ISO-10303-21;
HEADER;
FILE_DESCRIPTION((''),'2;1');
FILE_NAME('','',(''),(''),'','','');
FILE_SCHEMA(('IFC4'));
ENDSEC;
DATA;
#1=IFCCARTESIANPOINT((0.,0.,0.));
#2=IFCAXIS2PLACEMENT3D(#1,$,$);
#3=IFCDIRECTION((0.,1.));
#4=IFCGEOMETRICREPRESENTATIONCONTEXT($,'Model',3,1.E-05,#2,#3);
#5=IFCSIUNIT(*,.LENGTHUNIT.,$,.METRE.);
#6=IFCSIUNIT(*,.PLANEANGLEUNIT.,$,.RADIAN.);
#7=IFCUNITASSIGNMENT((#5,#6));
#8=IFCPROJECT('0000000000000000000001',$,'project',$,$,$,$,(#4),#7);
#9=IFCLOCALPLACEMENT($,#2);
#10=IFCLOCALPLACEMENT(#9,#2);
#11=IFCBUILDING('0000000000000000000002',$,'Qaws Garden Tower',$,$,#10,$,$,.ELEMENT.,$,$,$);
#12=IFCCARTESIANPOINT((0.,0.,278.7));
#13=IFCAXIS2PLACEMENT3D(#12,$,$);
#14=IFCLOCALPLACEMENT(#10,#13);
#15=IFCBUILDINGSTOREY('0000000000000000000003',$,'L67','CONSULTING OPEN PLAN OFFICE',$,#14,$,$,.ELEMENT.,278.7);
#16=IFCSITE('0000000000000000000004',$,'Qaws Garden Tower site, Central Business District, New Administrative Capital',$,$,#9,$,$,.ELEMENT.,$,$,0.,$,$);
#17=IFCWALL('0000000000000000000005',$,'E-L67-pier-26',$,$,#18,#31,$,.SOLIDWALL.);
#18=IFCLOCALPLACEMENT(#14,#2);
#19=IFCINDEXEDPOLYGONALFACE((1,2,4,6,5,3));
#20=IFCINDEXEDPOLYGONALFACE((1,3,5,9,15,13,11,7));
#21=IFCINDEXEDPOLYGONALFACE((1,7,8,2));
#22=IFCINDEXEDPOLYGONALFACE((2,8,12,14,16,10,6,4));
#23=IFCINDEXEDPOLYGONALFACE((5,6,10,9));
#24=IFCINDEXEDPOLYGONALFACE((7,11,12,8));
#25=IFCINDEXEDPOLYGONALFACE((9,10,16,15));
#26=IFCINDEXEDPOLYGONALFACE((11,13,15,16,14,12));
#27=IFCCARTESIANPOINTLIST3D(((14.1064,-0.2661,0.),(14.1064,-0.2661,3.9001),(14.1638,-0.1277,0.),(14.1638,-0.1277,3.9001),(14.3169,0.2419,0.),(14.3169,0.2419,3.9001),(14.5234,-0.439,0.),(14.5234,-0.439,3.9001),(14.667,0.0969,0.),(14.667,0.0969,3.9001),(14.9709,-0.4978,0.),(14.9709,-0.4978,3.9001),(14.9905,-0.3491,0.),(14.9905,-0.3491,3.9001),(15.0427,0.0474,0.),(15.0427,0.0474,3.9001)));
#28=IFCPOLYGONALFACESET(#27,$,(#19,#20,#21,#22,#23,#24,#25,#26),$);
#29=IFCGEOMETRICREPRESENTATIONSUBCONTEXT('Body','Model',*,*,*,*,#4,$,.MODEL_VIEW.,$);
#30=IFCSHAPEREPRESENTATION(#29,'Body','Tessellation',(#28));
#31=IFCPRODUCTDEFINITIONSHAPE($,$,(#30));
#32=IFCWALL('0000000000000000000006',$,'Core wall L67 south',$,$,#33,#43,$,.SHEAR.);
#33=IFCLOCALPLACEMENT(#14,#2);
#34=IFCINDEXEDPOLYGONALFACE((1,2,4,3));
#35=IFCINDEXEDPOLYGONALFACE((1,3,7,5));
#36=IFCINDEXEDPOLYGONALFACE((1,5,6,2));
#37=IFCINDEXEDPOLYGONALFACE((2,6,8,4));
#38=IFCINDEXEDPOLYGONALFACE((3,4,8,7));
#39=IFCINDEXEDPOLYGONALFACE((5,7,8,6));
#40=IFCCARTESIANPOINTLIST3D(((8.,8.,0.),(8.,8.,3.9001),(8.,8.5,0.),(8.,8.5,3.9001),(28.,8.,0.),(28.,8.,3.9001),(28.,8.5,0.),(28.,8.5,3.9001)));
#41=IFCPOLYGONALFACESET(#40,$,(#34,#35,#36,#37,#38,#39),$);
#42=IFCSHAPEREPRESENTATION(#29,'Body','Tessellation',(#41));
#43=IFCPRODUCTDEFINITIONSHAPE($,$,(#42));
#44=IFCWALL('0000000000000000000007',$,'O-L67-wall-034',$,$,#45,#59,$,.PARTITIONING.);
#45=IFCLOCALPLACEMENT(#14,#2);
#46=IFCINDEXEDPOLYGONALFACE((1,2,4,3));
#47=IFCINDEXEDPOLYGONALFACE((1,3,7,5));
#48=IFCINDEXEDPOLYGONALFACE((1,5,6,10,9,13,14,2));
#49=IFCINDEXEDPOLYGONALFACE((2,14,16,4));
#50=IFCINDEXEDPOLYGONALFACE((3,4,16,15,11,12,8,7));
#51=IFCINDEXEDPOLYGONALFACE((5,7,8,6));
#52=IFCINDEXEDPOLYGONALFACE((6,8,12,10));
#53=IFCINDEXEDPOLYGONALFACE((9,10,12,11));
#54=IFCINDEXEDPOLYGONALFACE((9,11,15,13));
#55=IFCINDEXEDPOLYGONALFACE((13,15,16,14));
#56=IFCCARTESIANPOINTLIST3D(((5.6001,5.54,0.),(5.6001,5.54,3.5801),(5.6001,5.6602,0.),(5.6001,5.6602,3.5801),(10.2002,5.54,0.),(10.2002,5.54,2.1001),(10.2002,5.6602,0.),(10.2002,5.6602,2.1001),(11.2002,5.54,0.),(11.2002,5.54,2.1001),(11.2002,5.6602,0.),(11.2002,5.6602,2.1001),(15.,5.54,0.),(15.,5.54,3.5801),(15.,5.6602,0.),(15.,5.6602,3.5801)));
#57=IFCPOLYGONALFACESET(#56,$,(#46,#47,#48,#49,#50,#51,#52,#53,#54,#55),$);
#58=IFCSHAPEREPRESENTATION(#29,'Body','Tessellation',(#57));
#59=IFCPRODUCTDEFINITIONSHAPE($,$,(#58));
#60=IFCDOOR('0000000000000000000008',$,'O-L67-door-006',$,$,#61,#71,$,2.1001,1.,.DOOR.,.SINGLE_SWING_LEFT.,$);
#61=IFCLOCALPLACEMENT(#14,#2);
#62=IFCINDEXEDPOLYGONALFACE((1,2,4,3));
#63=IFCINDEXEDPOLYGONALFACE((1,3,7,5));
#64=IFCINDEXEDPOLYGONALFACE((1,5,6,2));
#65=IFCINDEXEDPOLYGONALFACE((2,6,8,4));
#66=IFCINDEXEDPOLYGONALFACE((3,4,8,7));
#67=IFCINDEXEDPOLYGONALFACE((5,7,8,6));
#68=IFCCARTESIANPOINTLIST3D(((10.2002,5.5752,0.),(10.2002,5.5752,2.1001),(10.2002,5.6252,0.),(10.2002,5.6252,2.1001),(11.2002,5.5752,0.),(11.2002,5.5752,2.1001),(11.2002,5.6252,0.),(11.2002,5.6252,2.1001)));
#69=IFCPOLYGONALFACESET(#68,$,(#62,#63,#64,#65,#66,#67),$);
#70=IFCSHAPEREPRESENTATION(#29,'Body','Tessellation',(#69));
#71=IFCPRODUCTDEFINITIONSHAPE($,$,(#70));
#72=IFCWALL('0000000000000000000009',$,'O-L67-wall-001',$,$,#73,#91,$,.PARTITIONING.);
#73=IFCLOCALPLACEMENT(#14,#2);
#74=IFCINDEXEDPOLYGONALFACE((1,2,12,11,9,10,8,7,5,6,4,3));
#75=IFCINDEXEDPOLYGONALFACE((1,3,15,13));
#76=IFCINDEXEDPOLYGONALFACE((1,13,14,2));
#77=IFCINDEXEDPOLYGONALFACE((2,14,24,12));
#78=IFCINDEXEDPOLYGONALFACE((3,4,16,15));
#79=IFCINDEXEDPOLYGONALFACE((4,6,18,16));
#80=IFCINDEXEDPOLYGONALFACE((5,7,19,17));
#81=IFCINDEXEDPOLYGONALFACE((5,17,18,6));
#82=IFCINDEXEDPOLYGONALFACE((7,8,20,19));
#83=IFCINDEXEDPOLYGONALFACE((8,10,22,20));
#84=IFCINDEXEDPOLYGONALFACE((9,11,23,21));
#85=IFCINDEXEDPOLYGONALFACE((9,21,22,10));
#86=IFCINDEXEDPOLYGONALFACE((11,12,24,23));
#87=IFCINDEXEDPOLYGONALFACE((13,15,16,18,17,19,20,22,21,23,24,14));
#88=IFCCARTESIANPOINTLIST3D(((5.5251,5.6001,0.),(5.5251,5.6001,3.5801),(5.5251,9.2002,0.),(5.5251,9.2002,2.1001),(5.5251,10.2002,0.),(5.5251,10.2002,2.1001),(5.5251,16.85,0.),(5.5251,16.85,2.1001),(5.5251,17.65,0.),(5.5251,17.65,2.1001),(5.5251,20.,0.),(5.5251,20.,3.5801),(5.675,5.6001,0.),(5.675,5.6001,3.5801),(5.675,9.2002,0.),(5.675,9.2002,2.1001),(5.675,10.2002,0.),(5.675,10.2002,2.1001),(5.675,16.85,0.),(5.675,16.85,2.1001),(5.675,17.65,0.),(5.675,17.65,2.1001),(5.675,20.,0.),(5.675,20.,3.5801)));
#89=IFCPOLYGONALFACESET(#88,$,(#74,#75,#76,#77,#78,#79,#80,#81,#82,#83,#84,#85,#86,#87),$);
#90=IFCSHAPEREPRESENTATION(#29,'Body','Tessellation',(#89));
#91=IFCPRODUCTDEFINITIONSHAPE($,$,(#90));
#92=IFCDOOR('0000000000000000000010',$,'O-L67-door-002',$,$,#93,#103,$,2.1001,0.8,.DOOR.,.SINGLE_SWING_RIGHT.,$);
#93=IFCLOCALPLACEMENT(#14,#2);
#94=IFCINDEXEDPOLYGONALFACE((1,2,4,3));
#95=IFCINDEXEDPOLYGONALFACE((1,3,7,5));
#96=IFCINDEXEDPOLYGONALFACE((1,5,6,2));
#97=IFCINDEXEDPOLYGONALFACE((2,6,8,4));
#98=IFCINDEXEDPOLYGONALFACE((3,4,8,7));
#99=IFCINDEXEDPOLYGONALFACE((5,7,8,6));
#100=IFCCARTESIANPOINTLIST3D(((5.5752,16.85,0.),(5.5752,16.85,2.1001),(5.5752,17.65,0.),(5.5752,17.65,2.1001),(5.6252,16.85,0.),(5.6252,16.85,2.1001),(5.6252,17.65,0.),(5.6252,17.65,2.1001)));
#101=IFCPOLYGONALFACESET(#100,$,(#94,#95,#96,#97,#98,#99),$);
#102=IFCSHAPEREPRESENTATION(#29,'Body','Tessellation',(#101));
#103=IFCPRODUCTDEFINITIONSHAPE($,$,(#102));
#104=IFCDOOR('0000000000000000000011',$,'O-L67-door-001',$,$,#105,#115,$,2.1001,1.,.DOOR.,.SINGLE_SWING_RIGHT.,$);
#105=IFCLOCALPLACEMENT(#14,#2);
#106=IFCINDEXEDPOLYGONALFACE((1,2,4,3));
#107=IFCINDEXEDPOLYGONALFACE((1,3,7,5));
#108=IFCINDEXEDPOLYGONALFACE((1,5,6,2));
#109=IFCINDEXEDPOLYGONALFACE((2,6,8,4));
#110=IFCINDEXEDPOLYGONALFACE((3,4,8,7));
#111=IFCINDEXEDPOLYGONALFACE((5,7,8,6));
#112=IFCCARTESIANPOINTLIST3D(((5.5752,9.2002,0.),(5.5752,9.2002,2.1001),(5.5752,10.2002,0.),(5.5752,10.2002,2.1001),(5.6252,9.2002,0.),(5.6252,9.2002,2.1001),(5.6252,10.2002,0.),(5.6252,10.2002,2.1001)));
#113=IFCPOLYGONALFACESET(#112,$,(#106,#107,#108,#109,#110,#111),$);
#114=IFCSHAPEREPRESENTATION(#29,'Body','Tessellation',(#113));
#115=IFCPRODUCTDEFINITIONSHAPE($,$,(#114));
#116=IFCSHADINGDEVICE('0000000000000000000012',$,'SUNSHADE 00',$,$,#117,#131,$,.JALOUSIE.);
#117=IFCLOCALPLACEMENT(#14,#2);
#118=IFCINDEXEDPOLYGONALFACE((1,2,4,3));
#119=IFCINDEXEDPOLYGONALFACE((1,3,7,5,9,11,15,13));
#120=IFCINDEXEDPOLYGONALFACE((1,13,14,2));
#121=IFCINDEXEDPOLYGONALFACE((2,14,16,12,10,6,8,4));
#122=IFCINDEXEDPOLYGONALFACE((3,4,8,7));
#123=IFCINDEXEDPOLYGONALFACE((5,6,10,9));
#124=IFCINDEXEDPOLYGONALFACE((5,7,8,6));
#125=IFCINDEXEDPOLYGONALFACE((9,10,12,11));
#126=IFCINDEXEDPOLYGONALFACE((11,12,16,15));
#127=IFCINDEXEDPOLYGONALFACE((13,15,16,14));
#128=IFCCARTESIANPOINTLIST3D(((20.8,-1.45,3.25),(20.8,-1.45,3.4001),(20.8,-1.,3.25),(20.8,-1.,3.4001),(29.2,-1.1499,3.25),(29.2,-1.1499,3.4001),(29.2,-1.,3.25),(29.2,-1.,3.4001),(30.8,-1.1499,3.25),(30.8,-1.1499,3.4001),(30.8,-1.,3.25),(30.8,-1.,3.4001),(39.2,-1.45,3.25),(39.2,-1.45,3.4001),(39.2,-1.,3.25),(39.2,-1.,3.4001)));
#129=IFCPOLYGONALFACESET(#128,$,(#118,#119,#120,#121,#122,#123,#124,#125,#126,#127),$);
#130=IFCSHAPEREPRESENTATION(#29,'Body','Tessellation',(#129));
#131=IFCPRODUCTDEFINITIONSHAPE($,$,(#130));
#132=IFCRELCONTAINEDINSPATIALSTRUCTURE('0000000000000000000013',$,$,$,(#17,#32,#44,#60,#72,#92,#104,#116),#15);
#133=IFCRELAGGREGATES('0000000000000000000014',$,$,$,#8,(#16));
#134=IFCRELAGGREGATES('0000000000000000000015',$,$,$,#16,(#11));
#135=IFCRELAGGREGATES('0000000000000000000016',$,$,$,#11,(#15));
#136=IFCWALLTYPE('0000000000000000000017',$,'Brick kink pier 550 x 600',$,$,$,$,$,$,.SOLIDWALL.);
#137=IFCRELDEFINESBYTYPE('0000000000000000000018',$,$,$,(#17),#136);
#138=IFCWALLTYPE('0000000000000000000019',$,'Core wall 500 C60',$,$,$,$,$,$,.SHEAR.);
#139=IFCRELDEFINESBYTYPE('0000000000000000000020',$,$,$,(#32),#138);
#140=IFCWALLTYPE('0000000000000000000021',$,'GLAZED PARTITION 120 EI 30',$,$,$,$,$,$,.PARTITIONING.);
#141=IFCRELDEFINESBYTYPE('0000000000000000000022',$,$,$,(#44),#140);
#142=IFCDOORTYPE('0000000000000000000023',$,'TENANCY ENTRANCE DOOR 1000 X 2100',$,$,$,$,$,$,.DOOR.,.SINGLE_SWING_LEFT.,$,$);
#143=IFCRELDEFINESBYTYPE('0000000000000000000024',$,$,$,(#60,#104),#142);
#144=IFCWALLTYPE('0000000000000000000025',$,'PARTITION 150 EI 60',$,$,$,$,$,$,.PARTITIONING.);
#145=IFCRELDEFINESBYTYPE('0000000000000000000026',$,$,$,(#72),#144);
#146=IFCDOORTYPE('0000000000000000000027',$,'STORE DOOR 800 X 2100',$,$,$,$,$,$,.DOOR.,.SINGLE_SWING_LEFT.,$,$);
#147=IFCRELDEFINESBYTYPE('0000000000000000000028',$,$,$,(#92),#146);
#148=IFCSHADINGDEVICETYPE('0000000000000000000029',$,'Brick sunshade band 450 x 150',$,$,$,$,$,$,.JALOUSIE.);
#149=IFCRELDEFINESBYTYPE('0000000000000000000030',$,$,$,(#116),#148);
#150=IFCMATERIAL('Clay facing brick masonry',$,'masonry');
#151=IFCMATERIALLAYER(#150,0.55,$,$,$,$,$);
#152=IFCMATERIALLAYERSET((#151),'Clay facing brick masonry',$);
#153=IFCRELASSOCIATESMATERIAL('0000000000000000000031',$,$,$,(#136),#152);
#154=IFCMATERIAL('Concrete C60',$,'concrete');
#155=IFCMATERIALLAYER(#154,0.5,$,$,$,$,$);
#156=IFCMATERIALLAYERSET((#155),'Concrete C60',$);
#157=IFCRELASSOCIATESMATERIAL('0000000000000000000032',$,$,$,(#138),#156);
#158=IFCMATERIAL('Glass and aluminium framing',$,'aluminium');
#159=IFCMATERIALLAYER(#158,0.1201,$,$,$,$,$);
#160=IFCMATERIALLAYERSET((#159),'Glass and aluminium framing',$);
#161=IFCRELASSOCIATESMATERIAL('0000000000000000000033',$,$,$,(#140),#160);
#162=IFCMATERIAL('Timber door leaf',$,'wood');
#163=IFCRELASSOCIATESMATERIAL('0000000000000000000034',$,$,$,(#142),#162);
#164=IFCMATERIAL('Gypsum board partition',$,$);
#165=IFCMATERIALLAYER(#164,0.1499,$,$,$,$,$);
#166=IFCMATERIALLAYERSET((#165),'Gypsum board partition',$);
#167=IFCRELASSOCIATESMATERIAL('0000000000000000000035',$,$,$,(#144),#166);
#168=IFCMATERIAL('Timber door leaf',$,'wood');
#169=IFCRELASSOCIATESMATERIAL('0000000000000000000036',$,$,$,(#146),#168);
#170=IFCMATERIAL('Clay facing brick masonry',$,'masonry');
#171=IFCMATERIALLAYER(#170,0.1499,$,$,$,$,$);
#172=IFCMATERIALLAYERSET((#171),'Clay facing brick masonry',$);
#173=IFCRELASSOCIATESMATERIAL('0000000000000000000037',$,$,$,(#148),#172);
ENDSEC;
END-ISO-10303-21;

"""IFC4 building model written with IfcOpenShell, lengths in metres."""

from ifc_helpers import new_model, si_unit, direction, frame, frame_2d, origin, place, context, subcontext, project, spatial, polyline, rectangle, outline, extrude, material, layer, layer_set, type_object, element, fill, save


model = new_model("IFC4")

# Units and contexts
model_context = context("Model", 3, precision=1e-05, world=origin(), true_north=direction((0.0, 1.0)))
body_context = subcontext(model_context, "Body", "Model", "MODEL_VIEW")
ifc_project = project(units=[si_unit("LENGTHUNIT", "METRE"), si_unit("PLANEANGLEUNIT", "RADIAN")], contexts=[model_context])

# Site, building, storey
site_placement = place(None, origin())
site = spatial("IfcSite", under=ifc_project, at=site_placement, Name="Qaws Garden Tower site, Central Business District, New Administrative Capital", CompositionType="ELEMENT", RefElevation=0.0)
building_placement = place(site_placement, origin())
building = spatial("IfcBuilding", under=site, at=building_placement, Name="Qaws Garden Tower", CompositionType="ELEMENT")
storey_placement = place(building_placement, frame((0.0, 0.0, 278.7)))
storey = spatial("IfcBuildingStorey", under=building, at=storey_placement, Name="L67", Description="CONSULTING OPEN PLAN OFFICE", CompositionType="ELEMENT", Elevation=278.7)

# Shared definitions
placement_1 = place(storey_placement, origin())

# Walls
ifc_material_1 = material(Name="Clay facing brick masonry", Category="masonry")
ifc_layer_1 = layer(ifc_material_1, 0.55)
ifc_layer_set_1 = layer_set([ifc_layer_1], Name="Clay facing brick masonry")
wall_type_1 = type_object("IfcWallType", Name="Brick kink pier 550 x 600", PredefinedType="SOLIDWALL", material=ifc_layer_set_1)
element("IfcWall", 1, at=placement_1, inside=storey, type_object=wall_type_1, Name="E-L67-pier-26", PredefinedType="SOLIDWALL", context=body_context, shape_type="SweptSolid", body=[
    extrude(outline(polyline([(14.1638, -0.1277), (14.1064, -0.2661), (14.5234, -0.439), (14.9709, -0.4978), (14.9905, -0.3491), (15.0427, 0.0474), (14.667, 0.0969), (14.3169, 0.2419), (14.1638, -0.1277)])), origin(), (0.0, 0.0, 1.0), 3.9001),
])
ifc_material_2 = material(Name="Concrete C60", Category="concrete")
ifc_layer_2 = layer(ifc_material_2, 0.5)
ifc_layer_set_2 = layer_set([ifc_layer_2], Name="Concrete C60")
wall_type_2 = type_object("IfcWallType", Name="Core wall 500 C60", PredefinedType="SHEAR", material=ifc_layer_set_2)
wall_1_placement = place(storey_placement, frame((8.0, 8.25, 0.0), z_axis=(0.0, 0.0, 1.0), x_axis=(1.0, 0.0, 0.0)))
element("IfcWall", 2, at=wall_1_placement, inside=storey, type_object=wall_type_2, Name="Core wall L67 south", PredefinedType="SHEAR", context=body_context, shape_type="SweptSolid", body=[
    extrude(rectangle(XDim=20.0, YDim=0.5, at=frame_2d((10.0, 0.0))), origin(), (0.0, 0.0, 1.0), 3.9001),
])

# Wall, opening, door
ifc_material_3 = material(Name="Glass and aluminium framing", Category="aluminium")
ifc_layer_3 = layer(ifc_material_3, 0.1201)
ifc_layer_set_3 = layer_set([ifc_layer_3], Name="Glass and aluminium framing")
wall_type_3 = type_object("IfcWallType", Name="GLAZED PARTITION 120 EI 30", PredefinedType="PARTITIONING", material=ifc_layer_set_3)
wall_2_placement = place(storey_placement, frame((5.6001, 5.6001, 0.0), z_axis=(0.0, 0.0, 1.0), x_axis=(1.0, 0.0, 0.0)))
wall_2 = element("IfcWall", 3, at=wall_2_placement, inside=storey, type_object=wall_type_3, Name="O-L67-wall-034", PredefinedType="PARTITIONING", context=body_context, shape_type="SweptSolid", body=[
    extrude(rectangle(XDim=9.3999, YDim=0.1201, at=frame_2d((4.7, 0.0))), origin(), (0.0, 0.0, 1.0), 3.5801),
])
opening_1_placement = place(wall_2_placement, frame((4.6001, 0.0, 0.0)))
opening_1 = element("IfcOpeningElement", 4, at=opening_1_placement, cuts=wall_2, PredefinedType="OPENING", context=body_context, shape_type="SweptSolid", body=[
    extrude(rectangle(XDim=1.0, YDim=2.1001, at=frame_2d((0.5, 1.05))), frame((0.0, 0.0701, 0.0), z_axis=(0.0, -1.0, 0.0), x_axis=(1.0, 0.0, 0.0)), (0.0, 0.0, 1.0), 0.1401),
])
ifc_material_4 = material(Name="Timber door leaf", Category="wood")
door_type_1 = type_object("IfcDoorType", Name="TENANCY ENTRANCE DOOR 1000 X 2100", OperationType="SINGLE_SWING_LEFT", PredefinedType="DOOR", material=ifc_material_4)
door_1_placement = place(opening_1_placement, frame((1.0, 0.0, 0.0), z_axis=(0.0, 0.0, 1.0), x_axis=(-1.0, 0.0, 0.0)))
door_1 = element("IfcDoor", 5, at=door_1_placement, inside=storey, type_object=door_type_1, Name="O-L67-door-006", OperationType="SINGLE_SWING_LEFT", OverallHeight=2.1001, OverallWidth=1.0, PredefinedType="DOOR", context=body_context, shape_type="SweptSolid", body=[
    extrude(rectangle(XDim=1.0, YDim=2.1001, at=frame_2d((0.5, 1.05))), frame((0.0, 0.0249, 0.0), z_axis=(0.0, -1.0, 0.0), x_axis=(1.0, 0.0, 0.0)), (0.0, 0.0, 1.0), 0.05),
])
fill(opening_1, door_1)

# Wall, openings, doors
ifc_material_5 = material(Name="Gypsum board partition")
ifc_layer_4 = layer(ifc_material_5, 0.1499)
ifc_layer_set_4 = layer_set([ifc_layer_4], Name="Gypsum board partition")
wall_type_4 = type_object("IfcWallType", Name="PARTITION 150 EI 60", PredefinedType="PARTITIONING", material=ifc_layer_set_4)
wall_3_placement = place(storey_placement, frame((5.6001, 5.6001, 0.0), z_axis=(0.0, 0.0, 1.0), x_axis=(0.0, 1.0, 0.0)))
wall_3 = element("IfcWall", 6, at=wall_3_placement, inside=storey, type_object=wall_type_4, Name="O-L67-wall-001", PredefinedType="PARTITIONING", context=body_context, shape_type="SweptSolid", body=[
    extrude(rectangle(XDim=14.3999, YDim=0.1499, at=frame_2d((7.2, 0.0))), origin(), (0.0, 0.0, 1.0), 3.5801),
])
opening_2_placement = place(wall_3_placement, frame((3.6001, 0.0, 0.0)))
opening_2 = element("IfcOpeningElement", 7, at=opening_2_placement, cuts=wall_3, PredefinedType="OPENING", context=body_context, shape_type="SweptSolid", body=[
    extrude(rectangle(XDim=1.0, YDim=2.1001, at=frame_2d((0.5, 1.05))), frame((0.0, 0.085, 0.0), z_axis=(0.0, -1.0, 0.0), x_axis=(1.0, 0.0, 0.0)), (0.0, 0.0, 1.0), 0.1699),
])
opening_3_placement = place(wall_3_placement, frame((11.25, 0.0, 0.0)))
opening_3 = element("IfcOpeningElement", 8, at=opening_3_placement, cuts=wall_3, PredefinedType="OPENING", context=body_context, shape_type="SweptSolid", body=[
    extrude(rectangle(XDim=0.8, YDim=2.1001, at=frame_2d((0.3999, 1.05))), frame((0.0, 0.085, 0.0), z_axis=(0.0, -1.0, 0.0), x_axis=(1.0, 0.0, 0.0)), (0.0, 0.0, 1.0), 0.1699),
])
ifc_material_6 = material(Name="Timber door leaf", Category="wood")
door_type_2 = type_object("IfcDoorType", Name="STORE DOOR 800 X 2100", OperationType="SINGLE_SWING_LEFT", PredefinedType="DOOR", material=ifc_material_6)
door_2_placement = place(opening_3_placement, origin())
door_2 = element("IfcDoor", 9, at=door_2_placement, inside=storey, type_object=door_type_2, Name="O-L67-door-002", OperationType="SINGLE_SWING_RIGHT", OverallHeight=2.1001, OverallWidth=0.8, PredefinedType="DOOR", context=body_context, shape_type="SweptSolid", body=[
    extrude(rectangle(XDim=0.8, YDim=2.1001, at=frame_2d((0.3999, 1.05))), frame((0.0, 0.0249, 0.0), z_axis=(0.0, -1.0, 0.0), x_axis=(1.0, 0.0, 0.0)), (0.0, 0.0, 1.0), 0.05),
])
fill(opening_3, door_2)
door_3_placement = place(opening_2_placement, origin())
door_3 = element("IfcDoor", 10, at=door_3_placement, inside=storey, type_object=door_type_1, Name="O-L67-door-001", OperationType="SINGLE_SWING_RIGHT", OverallHeight=2.1001, OverallWidth=1.0, PredefinedType="DOOR", context=body_context, shape_type="SweptSolid", body=[
    extrude(rectangle(XDim=1.0, YDim=2.1001, at=frame_2d((0.5, 1.05))), frame((0.0, 0.0249, 0.0), z_axis=(0.0, -1.0, 0.0), x_axis=(1.0, 0.0, 0.0)), (0.0, 0.0, 1.0), 0.05),
])
fill(opening_2, door_3)

# Shading device
ifc_material_7 = material(Name="Clay facing brick masonry", Category="masonry")
ifc_layer_5 = layer(ifc_material_7, 0.1499)
ifc_layer_set_5 = layer_set([ifc_layer_5], Name="Clay facing brick masonry")
shading_device_type = type_object("IfcShadingDeviceType", Name="Brick sunshade band 450 x 150", PredefinedType="JALOUSIE", material=ifc_layer_set_5)
shading_device_placement = place(storey_placement, frame((0.0, 0.0, 3.25)))
element("IfcShadingDevice", 11, at=shading_device_placement, inside=storey, type_object=shading_device_type, Name="SUNSHADE 00", PredefinedType="JALOUSIE", context=body_context, shape_type="SweptSolid", body=[
    extrude(outline(polyline([(20.8, -1.0), (20.8, -1.45), (39.2, -1.45), (39.2, -1.0), (30.8, -1.0), (30.8, -1.1499), (29.2, -1.1499), (29.2, -1.0), (20.8, -1.0)])), origin(), (0.0, 0.0, 1.0), 0.1501),
])

save(model, "model.ifc")
